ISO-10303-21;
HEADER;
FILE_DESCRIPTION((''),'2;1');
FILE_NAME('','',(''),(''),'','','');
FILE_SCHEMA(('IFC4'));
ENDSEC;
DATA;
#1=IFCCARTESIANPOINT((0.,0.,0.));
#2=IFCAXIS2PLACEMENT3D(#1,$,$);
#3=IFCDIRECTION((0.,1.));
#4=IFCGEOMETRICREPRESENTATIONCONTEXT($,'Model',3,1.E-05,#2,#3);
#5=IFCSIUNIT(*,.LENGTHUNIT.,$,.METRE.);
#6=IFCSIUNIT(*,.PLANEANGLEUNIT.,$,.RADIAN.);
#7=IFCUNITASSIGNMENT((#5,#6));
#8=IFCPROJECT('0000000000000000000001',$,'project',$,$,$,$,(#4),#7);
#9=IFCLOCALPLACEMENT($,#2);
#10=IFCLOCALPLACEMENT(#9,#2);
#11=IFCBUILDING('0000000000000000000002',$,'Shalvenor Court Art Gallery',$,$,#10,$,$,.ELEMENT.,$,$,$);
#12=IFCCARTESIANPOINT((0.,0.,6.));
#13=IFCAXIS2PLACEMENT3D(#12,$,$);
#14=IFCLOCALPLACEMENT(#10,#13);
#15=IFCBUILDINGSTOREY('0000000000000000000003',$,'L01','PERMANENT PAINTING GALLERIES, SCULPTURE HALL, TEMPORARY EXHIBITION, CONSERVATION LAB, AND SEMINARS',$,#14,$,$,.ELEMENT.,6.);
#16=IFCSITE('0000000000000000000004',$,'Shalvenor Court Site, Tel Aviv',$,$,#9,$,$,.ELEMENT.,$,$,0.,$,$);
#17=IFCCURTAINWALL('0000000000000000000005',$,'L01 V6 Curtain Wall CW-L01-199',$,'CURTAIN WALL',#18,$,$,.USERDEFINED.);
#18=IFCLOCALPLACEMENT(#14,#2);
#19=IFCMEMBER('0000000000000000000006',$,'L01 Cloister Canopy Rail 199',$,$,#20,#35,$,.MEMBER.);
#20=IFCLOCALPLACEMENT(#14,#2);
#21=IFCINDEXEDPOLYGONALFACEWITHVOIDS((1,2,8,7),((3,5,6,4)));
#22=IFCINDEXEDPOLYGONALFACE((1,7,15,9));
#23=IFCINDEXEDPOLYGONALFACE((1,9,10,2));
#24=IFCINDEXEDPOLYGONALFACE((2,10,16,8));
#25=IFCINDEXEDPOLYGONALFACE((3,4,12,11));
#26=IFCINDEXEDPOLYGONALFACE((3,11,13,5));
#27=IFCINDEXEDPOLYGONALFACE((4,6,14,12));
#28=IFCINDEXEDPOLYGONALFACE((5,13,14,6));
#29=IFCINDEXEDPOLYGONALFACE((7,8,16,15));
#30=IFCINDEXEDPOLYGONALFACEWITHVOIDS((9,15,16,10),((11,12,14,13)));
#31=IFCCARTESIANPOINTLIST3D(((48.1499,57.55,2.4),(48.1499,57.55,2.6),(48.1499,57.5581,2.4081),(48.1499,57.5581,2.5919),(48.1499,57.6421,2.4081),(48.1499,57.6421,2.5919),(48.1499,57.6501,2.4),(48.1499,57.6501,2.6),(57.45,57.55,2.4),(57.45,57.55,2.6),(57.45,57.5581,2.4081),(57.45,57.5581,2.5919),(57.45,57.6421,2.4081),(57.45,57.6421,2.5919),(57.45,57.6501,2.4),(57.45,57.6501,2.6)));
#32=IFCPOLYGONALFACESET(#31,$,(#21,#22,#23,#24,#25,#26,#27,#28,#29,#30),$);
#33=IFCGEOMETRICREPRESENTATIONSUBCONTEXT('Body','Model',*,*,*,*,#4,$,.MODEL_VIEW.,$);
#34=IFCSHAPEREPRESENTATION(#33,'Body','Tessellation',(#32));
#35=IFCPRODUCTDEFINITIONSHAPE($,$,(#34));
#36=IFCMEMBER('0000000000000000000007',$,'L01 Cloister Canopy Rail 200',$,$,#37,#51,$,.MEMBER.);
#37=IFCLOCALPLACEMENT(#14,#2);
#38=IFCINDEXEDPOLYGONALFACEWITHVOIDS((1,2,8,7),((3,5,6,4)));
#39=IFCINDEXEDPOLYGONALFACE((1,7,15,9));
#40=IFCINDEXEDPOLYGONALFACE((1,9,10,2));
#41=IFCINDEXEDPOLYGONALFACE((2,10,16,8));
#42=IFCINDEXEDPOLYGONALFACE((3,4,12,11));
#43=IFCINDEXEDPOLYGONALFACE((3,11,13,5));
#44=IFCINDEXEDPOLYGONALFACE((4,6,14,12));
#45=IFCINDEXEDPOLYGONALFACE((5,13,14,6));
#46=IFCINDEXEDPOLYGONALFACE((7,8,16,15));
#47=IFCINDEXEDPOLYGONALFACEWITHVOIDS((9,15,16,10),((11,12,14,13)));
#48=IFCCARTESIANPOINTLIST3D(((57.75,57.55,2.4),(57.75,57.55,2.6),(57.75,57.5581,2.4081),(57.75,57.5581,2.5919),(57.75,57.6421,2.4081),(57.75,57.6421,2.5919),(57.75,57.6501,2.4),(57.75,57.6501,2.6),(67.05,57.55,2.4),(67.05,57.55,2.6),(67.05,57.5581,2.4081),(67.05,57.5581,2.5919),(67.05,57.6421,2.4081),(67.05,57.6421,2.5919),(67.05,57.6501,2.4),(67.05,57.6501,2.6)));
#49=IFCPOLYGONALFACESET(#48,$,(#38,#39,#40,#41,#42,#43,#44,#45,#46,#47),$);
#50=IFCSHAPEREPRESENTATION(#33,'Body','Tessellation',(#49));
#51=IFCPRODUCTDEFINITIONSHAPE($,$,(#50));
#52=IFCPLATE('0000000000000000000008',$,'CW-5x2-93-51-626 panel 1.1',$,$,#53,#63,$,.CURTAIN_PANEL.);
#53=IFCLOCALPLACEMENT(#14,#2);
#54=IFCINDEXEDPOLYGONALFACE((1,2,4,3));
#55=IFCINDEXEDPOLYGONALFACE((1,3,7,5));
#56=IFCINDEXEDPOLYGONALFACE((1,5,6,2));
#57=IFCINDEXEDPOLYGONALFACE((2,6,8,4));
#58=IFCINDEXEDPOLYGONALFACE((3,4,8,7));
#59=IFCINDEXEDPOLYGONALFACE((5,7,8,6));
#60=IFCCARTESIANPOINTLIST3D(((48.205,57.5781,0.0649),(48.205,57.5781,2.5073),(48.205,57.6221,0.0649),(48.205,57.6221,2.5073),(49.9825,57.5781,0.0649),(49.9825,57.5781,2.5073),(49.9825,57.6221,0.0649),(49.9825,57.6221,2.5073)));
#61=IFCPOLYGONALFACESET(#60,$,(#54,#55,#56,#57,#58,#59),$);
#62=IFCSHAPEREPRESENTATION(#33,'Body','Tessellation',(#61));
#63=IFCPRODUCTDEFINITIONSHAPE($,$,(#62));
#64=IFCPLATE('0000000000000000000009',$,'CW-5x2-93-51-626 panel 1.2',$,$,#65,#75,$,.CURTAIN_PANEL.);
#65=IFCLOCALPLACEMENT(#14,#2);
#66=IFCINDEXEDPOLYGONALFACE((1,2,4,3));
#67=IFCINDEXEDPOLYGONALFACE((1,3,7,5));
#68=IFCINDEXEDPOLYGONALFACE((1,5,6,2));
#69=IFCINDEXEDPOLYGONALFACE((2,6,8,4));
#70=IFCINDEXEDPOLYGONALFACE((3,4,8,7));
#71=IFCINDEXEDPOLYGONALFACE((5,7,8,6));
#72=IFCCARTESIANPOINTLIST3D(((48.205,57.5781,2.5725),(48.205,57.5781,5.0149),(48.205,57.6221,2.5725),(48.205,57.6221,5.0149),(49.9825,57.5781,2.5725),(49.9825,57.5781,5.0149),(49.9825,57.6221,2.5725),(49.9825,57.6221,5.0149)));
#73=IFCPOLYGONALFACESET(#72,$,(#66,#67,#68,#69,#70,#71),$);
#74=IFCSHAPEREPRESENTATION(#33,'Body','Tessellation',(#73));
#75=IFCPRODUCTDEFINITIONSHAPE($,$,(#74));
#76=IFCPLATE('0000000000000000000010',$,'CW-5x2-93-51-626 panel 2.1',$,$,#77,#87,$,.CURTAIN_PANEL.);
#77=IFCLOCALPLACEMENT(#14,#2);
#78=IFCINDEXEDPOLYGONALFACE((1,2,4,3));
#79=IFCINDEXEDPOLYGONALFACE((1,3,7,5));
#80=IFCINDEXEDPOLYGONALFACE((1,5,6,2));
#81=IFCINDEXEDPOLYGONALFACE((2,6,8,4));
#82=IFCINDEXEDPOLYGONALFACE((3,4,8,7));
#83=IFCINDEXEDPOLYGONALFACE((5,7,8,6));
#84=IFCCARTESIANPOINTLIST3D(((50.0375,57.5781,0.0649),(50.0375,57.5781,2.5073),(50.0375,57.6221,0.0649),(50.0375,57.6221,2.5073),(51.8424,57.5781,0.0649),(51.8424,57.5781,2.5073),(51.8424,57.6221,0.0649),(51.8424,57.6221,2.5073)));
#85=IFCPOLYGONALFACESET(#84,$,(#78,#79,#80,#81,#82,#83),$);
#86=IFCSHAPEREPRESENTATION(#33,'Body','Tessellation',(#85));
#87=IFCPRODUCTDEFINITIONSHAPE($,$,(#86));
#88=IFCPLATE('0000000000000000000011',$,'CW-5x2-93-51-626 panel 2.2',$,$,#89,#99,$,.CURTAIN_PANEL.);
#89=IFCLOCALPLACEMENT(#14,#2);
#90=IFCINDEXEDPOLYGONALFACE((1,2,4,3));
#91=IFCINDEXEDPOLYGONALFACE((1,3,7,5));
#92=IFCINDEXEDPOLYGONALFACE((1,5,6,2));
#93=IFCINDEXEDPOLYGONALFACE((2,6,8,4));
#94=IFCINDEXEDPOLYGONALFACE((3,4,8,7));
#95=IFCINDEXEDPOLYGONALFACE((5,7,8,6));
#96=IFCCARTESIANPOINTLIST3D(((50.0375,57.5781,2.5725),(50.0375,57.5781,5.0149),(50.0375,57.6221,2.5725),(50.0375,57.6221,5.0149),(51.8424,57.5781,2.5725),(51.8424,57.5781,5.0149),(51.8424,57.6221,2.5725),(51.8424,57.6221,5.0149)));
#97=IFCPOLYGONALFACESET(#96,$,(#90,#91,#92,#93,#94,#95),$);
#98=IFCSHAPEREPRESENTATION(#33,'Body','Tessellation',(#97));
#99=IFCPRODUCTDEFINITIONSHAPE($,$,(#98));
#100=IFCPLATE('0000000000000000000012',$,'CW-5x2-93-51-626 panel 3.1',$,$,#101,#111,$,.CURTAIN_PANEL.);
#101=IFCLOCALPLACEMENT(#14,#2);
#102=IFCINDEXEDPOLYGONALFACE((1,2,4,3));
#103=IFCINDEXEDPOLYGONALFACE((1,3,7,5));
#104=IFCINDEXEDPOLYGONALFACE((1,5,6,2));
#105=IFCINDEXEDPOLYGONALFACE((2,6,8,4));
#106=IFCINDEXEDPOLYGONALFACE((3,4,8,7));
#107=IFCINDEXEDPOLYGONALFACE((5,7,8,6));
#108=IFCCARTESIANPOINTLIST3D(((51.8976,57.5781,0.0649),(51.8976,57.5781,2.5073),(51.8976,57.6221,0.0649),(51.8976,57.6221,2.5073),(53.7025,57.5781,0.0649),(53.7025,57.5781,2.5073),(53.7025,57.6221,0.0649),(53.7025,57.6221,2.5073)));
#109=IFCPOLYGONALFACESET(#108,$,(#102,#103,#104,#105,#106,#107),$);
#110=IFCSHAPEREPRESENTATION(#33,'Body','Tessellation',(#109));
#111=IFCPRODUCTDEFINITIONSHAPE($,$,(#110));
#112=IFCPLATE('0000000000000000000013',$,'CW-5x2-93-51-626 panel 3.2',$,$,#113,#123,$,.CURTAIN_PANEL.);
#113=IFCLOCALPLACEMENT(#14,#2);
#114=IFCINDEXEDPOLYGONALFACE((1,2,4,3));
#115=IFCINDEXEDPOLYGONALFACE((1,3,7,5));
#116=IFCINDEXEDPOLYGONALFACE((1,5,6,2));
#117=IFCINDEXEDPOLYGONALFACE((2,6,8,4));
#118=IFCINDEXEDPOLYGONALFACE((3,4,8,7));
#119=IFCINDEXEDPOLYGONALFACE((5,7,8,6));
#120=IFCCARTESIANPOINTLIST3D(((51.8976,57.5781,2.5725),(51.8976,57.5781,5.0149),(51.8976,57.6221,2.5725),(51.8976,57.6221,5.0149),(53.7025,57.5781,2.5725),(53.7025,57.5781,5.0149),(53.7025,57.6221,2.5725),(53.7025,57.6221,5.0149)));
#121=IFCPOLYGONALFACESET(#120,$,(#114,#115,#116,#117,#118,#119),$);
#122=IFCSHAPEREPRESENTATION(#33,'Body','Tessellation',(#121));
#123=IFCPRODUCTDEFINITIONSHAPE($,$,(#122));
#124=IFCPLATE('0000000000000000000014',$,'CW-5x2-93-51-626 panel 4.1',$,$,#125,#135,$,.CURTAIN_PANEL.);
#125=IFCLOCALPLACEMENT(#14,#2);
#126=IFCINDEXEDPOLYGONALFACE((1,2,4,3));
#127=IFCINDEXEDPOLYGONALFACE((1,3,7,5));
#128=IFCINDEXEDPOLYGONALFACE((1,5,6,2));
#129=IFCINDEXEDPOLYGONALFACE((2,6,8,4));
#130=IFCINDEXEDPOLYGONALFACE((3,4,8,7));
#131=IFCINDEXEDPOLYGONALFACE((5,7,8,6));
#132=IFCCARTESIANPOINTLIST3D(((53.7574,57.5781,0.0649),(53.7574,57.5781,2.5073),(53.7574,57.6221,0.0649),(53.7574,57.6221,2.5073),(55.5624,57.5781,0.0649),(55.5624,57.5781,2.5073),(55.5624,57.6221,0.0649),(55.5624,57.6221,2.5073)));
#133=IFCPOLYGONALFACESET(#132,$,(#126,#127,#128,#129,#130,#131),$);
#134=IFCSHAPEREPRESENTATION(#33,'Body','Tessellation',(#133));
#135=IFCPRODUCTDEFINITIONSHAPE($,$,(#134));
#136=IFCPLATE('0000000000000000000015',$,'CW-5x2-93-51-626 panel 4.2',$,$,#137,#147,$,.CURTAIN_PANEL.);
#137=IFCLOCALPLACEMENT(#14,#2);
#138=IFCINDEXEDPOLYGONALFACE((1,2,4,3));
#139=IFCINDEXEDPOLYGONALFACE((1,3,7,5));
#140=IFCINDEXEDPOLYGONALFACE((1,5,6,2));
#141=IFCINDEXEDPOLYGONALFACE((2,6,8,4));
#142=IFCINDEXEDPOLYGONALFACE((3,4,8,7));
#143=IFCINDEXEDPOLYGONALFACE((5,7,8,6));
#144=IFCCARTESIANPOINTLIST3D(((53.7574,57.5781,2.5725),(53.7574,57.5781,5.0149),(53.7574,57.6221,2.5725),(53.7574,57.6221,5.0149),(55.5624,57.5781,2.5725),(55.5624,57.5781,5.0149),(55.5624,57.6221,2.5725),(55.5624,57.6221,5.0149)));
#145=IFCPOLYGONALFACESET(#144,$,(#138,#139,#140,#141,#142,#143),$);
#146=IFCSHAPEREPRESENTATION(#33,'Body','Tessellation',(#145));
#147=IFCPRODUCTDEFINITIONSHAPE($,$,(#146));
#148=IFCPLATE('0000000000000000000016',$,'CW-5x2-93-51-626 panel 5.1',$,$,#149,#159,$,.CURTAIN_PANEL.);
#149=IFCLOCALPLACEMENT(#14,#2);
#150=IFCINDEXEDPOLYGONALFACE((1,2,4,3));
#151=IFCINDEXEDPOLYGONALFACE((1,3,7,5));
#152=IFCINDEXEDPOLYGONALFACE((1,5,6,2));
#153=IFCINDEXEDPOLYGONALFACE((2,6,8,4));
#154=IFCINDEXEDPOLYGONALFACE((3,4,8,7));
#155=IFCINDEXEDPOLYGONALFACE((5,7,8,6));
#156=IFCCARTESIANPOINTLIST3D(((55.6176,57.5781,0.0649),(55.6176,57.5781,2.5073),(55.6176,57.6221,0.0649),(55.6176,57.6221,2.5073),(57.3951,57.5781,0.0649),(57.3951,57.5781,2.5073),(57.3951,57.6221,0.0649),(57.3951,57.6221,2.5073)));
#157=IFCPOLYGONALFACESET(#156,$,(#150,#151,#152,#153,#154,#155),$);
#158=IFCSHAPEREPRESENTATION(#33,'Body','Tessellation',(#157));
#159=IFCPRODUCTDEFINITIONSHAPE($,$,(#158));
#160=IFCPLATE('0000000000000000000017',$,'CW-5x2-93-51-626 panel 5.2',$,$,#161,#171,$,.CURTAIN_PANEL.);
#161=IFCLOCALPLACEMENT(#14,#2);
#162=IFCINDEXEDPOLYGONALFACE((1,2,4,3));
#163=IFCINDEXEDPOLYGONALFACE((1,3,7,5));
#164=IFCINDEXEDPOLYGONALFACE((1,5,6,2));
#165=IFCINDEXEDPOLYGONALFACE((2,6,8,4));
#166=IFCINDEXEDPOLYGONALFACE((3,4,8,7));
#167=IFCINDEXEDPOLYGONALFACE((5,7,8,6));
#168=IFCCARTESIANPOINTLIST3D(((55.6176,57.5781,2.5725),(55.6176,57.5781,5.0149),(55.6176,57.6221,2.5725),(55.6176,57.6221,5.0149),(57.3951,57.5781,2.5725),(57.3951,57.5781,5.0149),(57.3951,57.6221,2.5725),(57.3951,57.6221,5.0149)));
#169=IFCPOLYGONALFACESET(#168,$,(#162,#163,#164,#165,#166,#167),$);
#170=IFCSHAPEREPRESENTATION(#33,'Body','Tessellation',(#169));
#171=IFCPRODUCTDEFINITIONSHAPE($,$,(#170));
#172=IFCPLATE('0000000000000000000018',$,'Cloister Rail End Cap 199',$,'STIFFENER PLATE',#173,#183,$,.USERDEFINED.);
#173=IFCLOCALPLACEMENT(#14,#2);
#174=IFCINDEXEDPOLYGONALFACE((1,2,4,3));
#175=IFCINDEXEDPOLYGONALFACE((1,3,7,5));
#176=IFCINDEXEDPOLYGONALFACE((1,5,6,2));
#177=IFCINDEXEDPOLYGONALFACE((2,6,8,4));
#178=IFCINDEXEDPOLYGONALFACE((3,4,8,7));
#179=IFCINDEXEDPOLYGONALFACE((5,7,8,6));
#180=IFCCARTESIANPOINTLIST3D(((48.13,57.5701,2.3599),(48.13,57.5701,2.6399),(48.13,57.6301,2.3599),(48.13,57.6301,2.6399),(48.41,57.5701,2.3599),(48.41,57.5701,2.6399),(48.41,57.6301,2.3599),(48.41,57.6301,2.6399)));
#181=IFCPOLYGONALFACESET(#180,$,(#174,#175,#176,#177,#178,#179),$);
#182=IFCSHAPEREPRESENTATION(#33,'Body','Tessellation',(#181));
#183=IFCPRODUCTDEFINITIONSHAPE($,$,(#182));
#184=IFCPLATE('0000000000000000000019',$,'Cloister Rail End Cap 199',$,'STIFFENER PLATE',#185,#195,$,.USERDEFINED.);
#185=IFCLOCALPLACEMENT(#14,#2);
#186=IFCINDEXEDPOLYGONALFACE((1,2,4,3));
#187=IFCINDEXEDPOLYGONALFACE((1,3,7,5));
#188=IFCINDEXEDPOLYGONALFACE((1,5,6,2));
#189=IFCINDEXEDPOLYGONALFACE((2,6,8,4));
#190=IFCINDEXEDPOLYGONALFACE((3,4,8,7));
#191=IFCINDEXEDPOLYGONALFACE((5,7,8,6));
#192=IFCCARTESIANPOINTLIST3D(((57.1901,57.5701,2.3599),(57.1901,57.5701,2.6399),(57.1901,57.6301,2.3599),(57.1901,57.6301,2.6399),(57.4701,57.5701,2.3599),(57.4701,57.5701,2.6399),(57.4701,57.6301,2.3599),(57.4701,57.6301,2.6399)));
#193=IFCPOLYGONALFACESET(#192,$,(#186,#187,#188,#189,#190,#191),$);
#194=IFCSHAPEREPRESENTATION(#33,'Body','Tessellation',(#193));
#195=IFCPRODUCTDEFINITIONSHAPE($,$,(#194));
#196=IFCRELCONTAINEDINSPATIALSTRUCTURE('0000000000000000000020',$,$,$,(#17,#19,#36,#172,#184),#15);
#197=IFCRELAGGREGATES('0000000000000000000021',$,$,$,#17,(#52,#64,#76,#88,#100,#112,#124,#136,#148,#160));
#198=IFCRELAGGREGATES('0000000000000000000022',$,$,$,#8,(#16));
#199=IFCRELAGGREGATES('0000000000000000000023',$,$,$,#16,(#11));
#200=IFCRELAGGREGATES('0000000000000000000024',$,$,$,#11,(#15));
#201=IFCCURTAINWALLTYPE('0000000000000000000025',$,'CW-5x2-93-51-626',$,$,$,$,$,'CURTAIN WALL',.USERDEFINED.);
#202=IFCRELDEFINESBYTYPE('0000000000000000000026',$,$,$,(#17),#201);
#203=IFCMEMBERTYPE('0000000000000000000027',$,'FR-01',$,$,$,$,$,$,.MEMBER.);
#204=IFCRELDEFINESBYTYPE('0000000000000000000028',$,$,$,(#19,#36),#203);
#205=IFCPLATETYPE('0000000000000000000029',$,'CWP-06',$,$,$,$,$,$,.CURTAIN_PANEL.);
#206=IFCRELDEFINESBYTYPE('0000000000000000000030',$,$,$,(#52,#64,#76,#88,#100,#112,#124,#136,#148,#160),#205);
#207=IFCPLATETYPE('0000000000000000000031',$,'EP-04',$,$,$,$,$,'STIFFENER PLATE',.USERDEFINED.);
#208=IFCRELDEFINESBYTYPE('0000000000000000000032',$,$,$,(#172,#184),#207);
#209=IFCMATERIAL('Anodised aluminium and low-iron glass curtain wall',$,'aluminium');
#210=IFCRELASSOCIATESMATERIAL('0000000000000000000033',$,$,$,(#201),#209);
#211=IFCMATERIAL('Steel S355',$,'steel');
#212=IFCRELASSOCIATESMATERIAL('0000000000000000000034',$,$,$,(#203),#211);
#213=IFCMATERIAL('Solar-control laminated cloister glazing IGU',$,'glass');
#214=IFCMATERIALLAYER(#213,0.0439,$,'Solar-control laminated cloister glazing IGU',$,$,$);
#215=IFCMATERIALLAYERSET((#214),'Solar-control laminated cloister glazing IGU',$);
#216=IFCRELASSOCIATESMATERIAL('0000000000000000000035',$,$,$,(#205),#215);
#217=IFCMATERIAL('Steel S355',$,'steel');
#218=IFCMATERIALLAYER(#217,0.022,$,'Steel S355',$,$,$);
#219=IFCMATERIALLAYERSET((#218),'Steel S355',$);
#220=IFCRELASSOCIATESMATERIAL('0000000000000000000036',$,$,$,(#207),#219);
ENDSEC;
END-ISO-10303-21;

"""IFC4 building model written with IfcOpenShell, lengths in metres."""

from ifc_helpers import new_model, si_unit, direction, frame, origin, origin_2d, place, context, subcontext, project, spatial, rectangle, hollow_rectangle, extrude, material, layer, layer_set, material_profile, profile_set, type_object, element, aggregate, save


model = new_model("IFC4")

# Units and contexts
model_context = context("Model", 3, precision=1e-05, world=origin(), true_north=direction((0.0, 1.0)))
body_context = subcontext(model_context, "Body", "Model", "MODEL_VIEW")
ifc_project = project(units=[si_unit("LENGTHUNIT", "METRE"), si_unit("PLANEANGLEUNIT", "RADIAN")], contexts=[model_context])

# Site, building, storey
site_placement = place(None, origin())
site = spatial("IfcSite", under=ifc_project, at=site_placement, Name="Shalvenor Court Site, Tel Aviv", CompositionType="ELEMENT", RefElevation=0.0)
building_placement = place(site_placement, origin())
building = spatial("IfcBuilding", under=site, at=building_placement, Name="Shalvenor Court Art Gallery", CompositionType="ELEMENT")
storey_placement = place(building_placement, frame((0.0, 0.0, 6.0)))
storey = spatial("IfcBuildingStorey", under=building, at=storey_placement, Name="L01", Description="PERMANENT PAINTING GALLERIES, SCULPTURE HALL, TEMPORARY EXHIBITION, CONSERVATION LAB, AND SEMINARS", CompositionType="ELEMENT", Elevation=6.0)

# Curtain wall
ifc_material_1 = material(Name="Anodised aluminium and low-iron glass curtain wall", Category="aluminium")
curtain_wall_type = type_object("IfcCurtainWallType", Name="CW-5x2-93-51-626", ElementType="CURTAIN WALL", PredefinedType="USERDEFINED", material=ifc_material_1)
curtain_wall_placement = place(storey_placement, origin())
curtain_wall = element("IfcCurtainWall", 1, at=curtain_wall_placement, inside=storey, type_object=curtain_wall_type, Name="L01 V6 Curtain Wall CW-L01-199", ObjectType="CURTAIN WALL", PredefinedType="USERDEFINED")

# Members
ifc_material_2 = material(Name="Steel S355", Category="steel")
ifc_material_profile_1 = material_profile(ifc_material_2, hollow_rectangle(XDim=0.1001, YDim=0.2, WallThickness=0.0081, at=origin_2d()), Name="RHS 200x100x8.0")
ifc_profile_set_1 = profile_set([ifc_material_profile_1], Name="Steel S355")
member_type_1 = type_object("IfcMemberType", Name="FR-01", PredefinedType="MEMBER", material=ifc_profile_set_1)
for number, where, z_axis, x_axis, name in (
    (2, (48.1499, 57.6001, 2.5), (1.0, 0.0, 0.0), (0.0, 1.0, 0.0), "L01 Cloister Canopy Rail 199"),
    (3, (57.75, 57.6001, 2.5), (1.0, 0.0, 0.0), (0.0, 1.0, 0.0), "L01 Cloister Canopy Rail 200"),
):
    element("IfcMember", number, at=place(storey_placement, frame(where, z_axis=z_axis, x_axis=x_axis)), inside=storey, type_object=member_type_1, Name=name, PredefinedType="MEMBER", context=body_context, shape_type="SweptSolid", body=[
        extrude(hollow_rectangle(XDim=0.1001, YDim=0.2, WallThickness=0.0081, at=origin_2d()), origin(), (0.0, 0.0, 1.0), 9.3),
    ])

# Plates
ifc_material_3 = material(Name="Solar-control laminated cloister glazing IGU", Category="glass")
ifc_layer_1 = layer(ifc_material_3, 0.0439, Name="Solar-control laminated cloister glazing IGU")
ifc_layer_set_1 = layer_set([ifc_layer_1], Name="Solar-control laminated cloister glazing IGU")
plate_type_1 = type_object("IfcPlateType", Name="CWP-06", PredefinedType="CURTAIN_PANEL", material=ifc_layer_set_1)
plate_1_placement = place(storey_placement, frame((49.0938, 57.6001, 0.0649), z_axis=(0.0, 0.0, 1.0), x_axis=(1.0, 0.0, 0.0)))
plate_1 = element("IfcPlate", 4, at=plate_1_placement, type_object=plate_type_1, Name="CW-5x2-93-51-626 panel 1.1", PredefinedType="CURTAIN_PANEL", context=body_context, shape_type="SweptSolid", body=[
    extrude(rectangle(XDim=1.7776, YDim=0.0439, at=origin_2d()), origin(), (0.0, 0.0, 1.0), 2.4424),
])
plate_2_placement = place(storey_placement, frame((49.0938, 57.6001, 2.5725), z_axis=(0.0, 0.0, 1.0), x_axis=(1.0, 0.0, 0.0)))
plate_2 = element("IfcPlate", 5, at=plate_2_placement, type_object=plate_type_1, Name="CW-5x2-93-51-626 panel 1.2", PredefinedType="CURTAIN_PANEL", context=body_context, shape_type="SweptSolid", body=[
    extrude(rectangle(XDim=1.7776, YDim=0.0439, at=origin_2d()), origin(), (0.0, 0.0, 1.0), 2.4424),
])
plate_3_placement = place(storey_placement, frame((50.9399, 57.6001, 0.0649), z_axis=(0.0, 0.0, 1.0), x_axis=(1.0, 0.0, 0.0)))
plate_3 = element("IfcPlate", 6, at=plate_3_placement, type_object=plate_type_1, Name="CW-5x2-93-51-626 panel 2.1", PredefinedType="CURTAIN_PANEL", context=body_context, shape_type="SweptSolid", body=[
    extrude(rectangle(XDim=1.8049, YDim=0.0439, at=origin_2d()), origin(), (0.0, 0.0, 1.0), 2.4424),
])
plate_4_placement = place(storey_placement, frame((50.9399, 57.6001, 2.5725), z_axis=(0.0, 0.0, 1.0), x_axis=(1.0, 0.0, 0.0)))
plate_4 = element("IfcPlate", 7, at=plate_4_placement, type_object=plate_type_1, Name="CW-5x2-93-51-626 panel 2.2", PredefinedType="CURTAIN_PANEL", context=body_context, shape_type="SweptSolid", body=[
    extrude(rectangle(XDim=1.8049, YDim=0.0439, at=origin_2d()), origin(), (0.0, 0.0, 1.0), 2.4424),
])
plate_5_placement = place(storey_placement, frame((52.8, 57.6001, 0.0649), z_axis=(0.0, 0.0, 1.0), x_axis=(1.0, 0.0, 0.0)))
plate_5 = element("IfcPlate", 8, at=plate_5_placement, type_object=plate_type_1, Name="CW-5x2-93-51-626 panel 3.1", PredefinedType="CURTAIN_PANEL", context=body_context, shape_type="SweptSolid", body=[
    extrude(rectangle(XDim=1.8049, YDim=0.0439, at=origin_2d()), origin(), (0.0, 0.0, 1.0), 2.4424),
])
plate_6_placement = place(storey_placement, frame((52.8, 57.6001, 2.5725), z_axis=(0.0, 0.0, 1.0), x_axis=(1.0, 0.0, 0.0)))
plate_6 = element("IfcPlate", 9, at=plate_6_placement, type_object=plate_type_1, Name="CW-5x2-93-51-626 panel 3.2", PredefinedType="CURTAIN_PANEL", context=body_context, shape_type="SweptSolid", body=[
    extrude(rectangle(XDim=1.8049, YDim=0.0439, at=origin_2d()), origin(), (0.0, 0.0, 1.0), 2.4424),
])
plate_7_placement = place(storey_placement, frame((54.6599, 57.6001, 0.0649), z_axis=(0.0, 0.0, 1.0), x_axis=(1.0, 0.0, 0.0)))
plate_7 = element("IfcPlate", 10, at=plate_7_placement, type_object=plate_type_1, Name="CW-5x2-93-51-626 panel 4.1", PredefinedType="CURTAIN_PANEL", context=body_context, shape_type="SweptSolid", body=[
    extrude(rectangle(XDim=1.8049, YDim=0.0439, at=origin_2d()), origin(), (0.0, 0.0, 1.0), 2.4424),
])
plate_8_placement = place(storey_placement, frame((54.6599, 57.6001, 2.5725), z_axis=(0.0, 0.0, 1.0), x_axis=(1.0, 0.0, 0.0)))
plate_8 = element("IfcPlate", 11, at=plate_8_placement, type_object=plate_type_1, Name="CW-5x2-93-51-626 panel 4.2", PredefinedType="CURTAIN_PANEL", context=body_context, shape_type="SweptSolid", body=[
    extrude(rectangle(XDim=1.8049, YDim=0.0439, at=origin_2d()), origin(), (0.0, 0.0, 1.0), 2.4424),
])
plate_9_placement = place(storey_placement, frame((56.5063, 57.6001, 0.0649), z_axis=(0.0, 0.0, 1.0), x_axis=(1.0, 0.0, 0.0)))
plate_9 = element("IfcPlate", 12, at=plate_9_placement, type_object=plate_type_1, Name="CW-5x2-93-51-626 panel 5.1", PredefinedType="CURTAIN_PANEL", context=body_context, shape_type="SweptSolid", body=[
    extrude(rectangle(XDim=1.7776, YDim=0.0439, at=origin_2d()), origin(), (0.0, 0.0, 1.0), 2.4424),
])
plate_10_placement = place(storey_placement, frame((56.5063, 57.6001, 2.5725), z_axis=(0.0, 0.0, 1.0), x_axis=(1.0, 0.0, 0.0)))
plate_10 = element("IfcPlate", 13, at=plate_10_placement, type_object=plate_type_1, Name="CW-5x2-93-51-626 panel 5.2", PredefinedType="CURTAIN_PANEL", context=body_context, shape_type="SweptSolid", body=[
    extrude(rectangle(XDim=1.7776, YDim=0.0439, at=origin_2d()), origin(), (0.0, 0.0, 1.0), 2.4424),
])
aggregate(curtain_wall, [plate_1, plate_2, plate_3, plate_4, plate_5, plate_6, plate_7, plate_8, plate_9, plate_10])

# Plates
ifc_material_4 = material(Name="Steel S355", Category="steel")
ifc_layer_2 = layer(ifc_material_4, 0.022, Name="Steel S355")
ifc_layer_set_2 = layer_set([ifc_layer_2], Name="Steel S355")
plate_type_2 = type_object("IfcPlateType", Name="EP-04", ElementType="STIFFENER PLATE", PredefinedType="USERDEFINED", material=ifc_layer_set_2)
for number, where, z_axis, x_axis, name in (
    (14, (48.27, 57.6001, 2.3599), (0.0, 0.0, 1.0), (1.0, 0.0, 0.0), "Cloister Rail End Cap 199"),
    (15, (57.3301, 57.6001, 2.3599), (0.0, 0.0, 1.0), (1.0, 0.0, 0.0), "Cloister Rail End Cap 199"),
):
    element("IfcPlate", number, at=place(storey_placement, frame(where, z_axis=z_axis, x_axis=x_axis)), inside=storey, type_object=plate_type_2, Name=name, ObjectType="STIFFENER PLATE", PredefinedType="USERDEFINED", context=body_context, shape_type="SweptSolid", body=[
        extrude(rectangle(XDim=0.28, YDim=0.0601, at=origin_2d()), origin(), (0.0, 0.0, 1.0), 0.28),
    ])

save(model, "model.ifc")
